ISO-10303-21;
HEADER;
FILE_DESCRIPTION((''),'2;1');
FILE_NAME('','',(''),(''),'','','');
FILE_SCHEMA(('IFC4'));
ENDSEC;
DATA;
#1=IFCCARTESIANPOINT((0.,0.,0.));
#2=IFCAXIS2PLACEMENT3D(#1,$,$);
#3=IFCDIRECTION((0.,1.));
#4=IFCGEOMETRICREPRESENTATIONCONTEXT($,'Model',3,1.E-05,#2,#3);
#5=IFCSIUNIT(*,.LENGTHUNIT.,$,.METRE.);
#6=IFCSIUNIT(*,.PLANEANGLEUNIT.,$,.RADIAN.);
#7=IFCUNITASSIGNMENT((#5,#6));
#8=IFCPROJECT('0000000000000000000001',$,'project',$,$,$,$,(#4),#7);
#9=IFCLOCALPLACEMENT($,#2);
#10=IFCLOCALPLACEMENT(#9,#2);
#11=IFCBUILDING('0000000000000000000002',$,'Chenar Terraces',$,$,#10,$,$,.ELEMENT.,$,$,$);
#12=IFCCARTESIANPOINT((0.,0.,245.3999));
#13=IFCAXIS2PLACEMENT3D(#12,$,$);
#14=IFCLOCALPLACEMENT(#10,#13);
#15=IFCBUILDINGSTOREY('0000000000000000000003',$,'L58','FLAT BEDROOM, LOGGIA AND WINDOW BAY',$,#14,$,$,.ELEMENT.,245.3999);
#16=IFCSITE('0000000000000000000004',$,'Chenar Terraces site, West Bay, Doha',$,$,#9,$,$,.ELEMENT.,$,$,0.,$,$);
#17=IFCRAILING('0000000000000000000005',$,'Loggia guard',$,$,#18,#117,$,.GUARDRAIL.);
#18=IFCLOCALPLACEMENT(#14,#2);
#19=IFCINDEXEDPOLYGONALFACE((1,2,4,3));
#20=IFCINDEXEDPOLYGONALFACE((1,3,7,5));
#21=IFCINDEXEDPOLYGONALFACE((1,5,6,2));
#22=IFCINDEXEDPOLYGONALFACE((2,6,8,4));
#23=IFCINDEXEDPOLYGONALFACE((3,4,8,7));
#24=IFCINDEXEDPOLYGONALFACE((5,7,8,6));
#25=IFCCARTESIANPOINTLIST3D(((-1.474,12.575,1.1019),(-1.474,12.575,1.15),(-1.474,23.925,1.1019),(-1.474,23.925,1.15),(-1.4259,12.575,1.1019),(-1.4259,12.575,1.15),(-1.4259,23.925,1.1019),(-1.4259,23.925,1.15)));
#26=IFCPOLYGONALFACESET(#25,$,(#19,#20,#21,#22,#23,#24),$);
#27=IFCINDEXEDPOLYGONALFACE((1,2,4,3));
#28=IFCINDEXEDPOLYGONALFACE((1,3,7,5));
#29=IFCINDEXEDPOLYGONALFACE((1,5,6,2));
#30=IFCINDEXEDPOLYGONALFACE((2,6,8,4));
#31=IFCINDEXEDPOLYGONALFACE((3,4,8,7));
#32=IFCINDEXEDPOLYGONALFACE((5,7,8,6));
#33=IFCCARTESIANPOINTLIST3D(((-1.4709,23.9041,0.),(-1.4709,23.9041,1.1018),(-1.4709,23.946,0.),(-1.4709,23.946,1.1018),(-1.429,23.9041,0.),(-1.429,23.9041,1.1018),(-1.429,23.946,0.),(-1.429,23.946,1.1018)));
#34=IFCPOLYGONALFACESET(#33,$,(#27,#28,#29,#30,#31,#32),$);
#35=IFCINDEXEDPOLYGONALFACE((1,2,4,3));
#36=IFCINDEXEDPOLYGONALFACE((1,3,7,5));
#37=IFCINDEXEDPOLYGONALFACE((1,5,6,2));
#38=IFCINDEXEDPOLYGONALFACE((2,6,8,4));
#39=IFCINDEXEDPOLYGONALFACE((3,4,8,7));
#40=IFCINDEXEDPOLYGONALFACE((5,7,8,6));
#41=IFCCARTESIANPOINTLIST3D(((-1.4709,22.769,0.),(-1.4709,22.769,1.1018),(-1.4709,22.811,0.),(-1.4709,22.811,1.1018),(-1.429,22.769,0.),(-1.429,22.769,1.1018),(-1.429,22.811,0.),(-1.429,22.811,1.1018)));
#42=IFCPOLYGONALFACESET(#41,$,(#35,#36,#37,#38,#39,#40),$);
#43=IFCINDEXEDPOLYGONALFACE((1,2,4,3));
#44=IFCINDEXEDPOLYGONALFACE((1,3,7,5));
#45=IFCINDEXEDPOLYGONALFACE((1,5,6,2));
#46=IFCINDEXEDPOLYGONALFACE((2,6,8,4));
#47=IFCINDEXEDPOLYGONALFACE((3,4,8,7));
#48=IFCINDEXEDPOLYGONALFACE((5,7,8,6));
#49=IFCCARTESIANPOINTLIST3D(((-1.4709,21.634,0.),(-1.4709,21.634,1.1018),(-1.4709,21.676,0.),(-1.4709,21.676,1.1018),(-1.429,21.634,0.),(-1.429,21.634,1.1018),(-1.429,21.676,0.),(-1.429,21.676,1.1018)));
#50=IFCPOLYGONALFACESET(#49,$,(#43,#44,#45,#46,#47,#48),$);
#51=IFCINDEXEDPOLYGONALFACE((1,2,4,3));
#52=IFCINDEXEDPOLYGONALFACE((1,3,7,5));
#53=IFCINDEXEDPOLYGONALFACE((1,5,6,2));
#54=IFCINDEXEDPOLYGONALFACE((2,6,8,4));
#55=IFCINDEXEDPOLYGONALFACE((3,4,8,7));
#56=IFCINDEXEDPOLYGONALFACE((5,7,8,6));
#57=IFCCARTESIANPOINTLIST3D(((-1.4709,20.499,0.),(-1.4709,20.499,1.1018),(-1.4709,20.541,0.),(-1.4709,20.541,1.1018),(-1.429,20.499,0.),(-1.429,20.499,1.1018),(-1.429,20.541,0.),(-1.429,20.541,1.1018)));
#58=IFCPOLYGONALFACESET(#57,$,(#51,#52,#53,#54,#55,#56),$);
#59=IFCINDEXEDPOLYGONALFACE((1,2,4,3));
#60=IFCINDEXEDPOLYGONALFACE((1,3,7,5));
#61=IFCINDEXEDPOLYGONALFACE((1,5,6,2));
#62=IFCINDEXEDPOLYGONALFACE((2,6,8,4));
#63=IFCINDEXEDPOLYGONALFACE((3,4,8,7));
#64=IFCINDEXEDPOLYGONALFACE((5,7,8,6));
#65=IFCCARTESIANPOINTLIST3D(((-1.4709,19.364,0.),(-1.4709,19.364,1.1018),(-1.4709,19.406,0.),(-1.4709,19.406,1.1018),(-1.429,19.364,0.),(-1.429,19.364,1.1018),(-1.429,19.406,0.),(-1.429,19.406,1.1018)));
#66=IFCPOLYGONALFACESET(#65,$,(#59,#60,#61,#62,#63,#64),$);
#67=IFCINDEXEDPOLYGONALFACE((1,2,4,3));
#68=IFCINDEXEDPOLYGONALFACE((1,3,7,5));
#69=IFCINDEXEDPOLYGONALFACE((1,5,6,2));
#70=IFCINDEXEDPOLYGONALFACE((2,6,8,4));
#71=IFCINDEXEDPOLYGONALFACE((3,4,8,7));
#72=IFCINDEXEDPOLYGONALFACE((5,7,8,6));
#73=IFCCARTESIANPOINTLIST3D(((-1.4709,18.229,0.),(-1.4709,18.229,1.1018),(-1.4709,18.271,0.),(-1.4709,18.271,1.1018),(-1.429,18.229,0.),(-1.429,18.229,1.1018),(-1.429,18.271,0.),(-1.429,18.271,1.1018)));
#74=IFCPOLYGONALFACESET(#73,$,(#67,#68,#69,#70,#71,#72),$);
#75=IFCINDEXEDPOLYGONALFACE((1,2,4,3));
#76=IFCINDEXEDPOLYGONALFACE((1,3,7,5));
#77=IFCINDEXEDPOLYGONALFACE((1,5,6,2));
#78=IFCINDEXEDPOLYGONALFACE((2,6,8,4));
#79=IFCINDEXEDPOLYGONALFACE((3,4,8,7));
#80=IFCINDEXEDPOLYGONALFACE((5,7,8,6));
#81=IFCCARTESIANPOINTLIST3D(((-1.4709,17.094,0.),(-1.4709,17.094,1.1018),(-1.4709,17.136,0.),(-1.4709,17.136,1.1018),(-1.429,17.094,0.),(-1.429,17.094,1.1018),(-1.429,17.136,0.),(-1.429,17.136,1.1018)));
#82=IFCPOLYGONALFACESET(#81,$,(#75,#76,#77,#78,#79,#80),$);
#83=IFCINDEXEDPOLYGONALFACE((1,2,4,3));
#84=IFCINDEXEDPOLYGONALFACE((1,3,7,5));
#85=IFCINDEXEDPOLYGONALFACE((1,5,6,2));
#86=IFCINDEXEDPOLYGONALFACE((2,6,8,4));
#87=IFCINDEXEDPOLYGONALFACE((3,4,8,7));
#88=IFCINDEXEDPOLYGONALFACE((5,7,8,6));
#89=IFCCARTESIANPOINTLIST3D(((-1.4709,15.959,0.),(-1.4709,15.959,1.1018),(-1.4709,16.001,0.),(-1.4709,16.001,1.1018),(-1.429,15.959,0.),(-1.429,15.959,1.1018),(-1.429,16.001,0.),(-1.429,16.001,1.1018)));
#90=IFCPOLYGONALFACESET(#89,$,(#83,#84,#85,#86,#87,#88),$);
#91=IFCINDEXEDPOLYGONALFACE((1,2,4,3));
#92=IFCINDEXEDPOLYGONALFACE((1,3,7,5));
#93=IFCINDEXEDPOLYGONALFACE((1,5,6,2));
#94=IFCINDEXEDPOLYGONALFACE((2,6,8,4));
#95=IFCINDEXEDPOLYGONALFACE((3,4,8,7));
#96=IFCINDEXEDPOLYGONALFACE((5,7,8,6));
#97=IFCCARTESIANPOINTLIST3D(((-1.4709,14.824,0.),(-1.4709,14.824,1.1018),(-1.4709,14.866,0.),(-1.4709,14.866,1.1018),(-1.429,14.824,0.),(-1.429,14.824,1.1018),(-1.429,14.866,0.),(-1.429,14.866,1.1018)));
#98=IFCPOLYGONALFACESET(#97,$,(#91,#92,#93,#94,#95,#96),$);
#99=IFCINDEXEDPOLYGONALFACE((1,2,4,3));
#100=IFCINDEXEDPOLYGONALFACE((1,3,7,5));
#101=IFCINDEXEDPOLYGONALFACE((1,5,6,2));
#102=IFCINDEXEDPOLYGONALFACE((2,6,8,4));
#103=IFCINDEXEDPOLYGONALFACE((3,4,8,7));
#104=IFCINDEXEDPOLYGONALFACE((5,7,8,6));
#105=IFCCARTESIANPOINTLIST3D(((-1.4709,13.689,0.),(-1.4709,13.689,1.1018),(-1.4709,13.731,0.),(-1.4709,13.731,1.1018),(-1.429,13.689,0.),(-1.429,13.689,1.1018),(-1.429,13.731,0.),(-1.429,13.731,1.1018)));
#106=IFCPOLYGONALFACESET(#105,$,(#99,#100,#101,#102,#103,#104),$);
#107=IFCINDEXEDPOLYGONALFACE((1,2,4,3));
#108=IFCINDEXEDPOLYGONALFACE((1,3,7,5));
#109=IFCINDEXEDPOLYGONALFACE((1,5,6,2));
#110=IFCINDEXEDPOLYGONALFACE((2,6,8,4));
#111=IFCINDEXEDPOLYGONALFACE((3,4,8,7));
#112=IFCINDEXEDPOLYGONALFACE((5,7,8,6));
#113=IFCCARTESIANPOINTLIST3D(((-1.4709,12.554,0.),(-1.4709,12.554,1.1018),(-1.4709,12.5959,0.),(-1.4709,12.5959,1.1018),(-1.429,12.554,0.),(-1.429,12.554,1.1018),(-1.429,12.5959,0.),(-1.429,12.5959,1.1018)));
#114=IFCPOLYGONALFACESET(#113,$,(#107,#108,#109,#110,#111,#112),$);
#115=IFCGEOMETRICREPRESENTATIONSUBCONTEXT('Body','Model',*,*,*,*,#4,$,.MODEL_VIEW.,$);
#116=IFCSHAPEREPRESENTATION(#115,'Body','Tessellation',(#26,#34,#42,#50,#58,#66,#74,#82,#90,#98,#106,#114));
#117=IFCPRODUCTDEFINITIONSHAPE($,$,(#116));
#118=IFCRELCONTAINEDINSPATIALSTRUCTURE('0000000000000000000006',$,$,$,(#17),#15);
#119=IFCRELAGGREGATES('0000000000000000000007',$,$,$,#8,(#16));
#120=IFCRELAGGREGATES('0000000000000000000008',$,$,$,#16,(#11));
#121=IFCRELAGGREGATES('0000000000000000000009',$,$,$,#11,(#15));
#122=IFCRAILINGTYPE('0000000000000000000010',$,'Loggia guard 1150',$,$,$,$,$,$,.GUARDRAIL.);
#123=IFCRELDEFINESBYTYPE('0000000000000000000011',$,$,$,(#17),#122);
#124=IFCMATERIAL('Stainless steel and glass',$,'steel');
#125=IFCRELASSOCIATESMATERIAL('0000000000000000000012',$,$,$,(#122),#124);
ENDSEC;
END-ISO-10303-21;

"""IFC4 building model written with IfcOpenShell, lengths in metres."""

from ifc_helpers import new_model, si_unit, direction, frame, origin, origin_2d, place, context, subcontext, project, spatial, rectangle, extrude, material, type_object, element, save


model = new_model("IFC4")

# Units and contexts
model_context = context("Model", 3, precision=1e-05, world=origin(), true_north=direction((0.0, 1.0)))
body_context = subcontext(model_context, "Body", "Model", "MODEL_VIEW")
ifc_project = project(units=[si_unit("LENGTHUNIT", "METRE"), si_unit("PLANEANGLEUNIT", "RADIAN")], contexts=[model_context])

# Site, building, storey
site_placement = place(None, origin())
site = spatial("IfcSite", under=ifc_project, at=site_placement, Name="Chenar Terraces site, West Bay, Doha", CompositionType="ELEMENT", RefElevation=0.0)
building_placement = place(site_placement, origin())
building = spatial("IfcBuilding", under=site, at=building_placement, Name="Chenar Terraces", CompositionType="ELEMENT")
storey_placement = place(building_placement, frame((0.0, 0.0, 245.3999)))
storey = spatial("IfcBuildingStorey", under=building, at=storey_placement, Name="L58", Description="FLAT BEDROOM, LOGGIA AND WINDOW BAY", CompositionType="ELEMENT", Elevation=245.3999)

# Railing
ifc_material_1 = material(Name="Stainless steel and glass", Category="steel")
railing_type_1 = type_object("IfcRailingType", Name="Loggia guard 1150", PredefinedType="GUARDRAIL", material=ifc_material_1)
railing_1_placement = place(storey_placement, frame((-1.45, 23.925, 0.0)))
element("IfcRailing", 1, at=railing_1_placement, inside=storey, type_object=railing_type_1, Name="Loggia guard", PredefinedType="GUARDRAIL", context=body_context, shape_type="SweptSolid", body=[
    extrude(rectangle(XDim=0.0481, YDim=0.0481, at=origin_2d()), frame((0.0, 0.0, 1.126), z_axis=(0.0, -1.0, 0.0), x_axis=(1.0, 0.0, 0.0)), (0.0, 0.0, 1.0), 11.3501),
    extrude(rectangle(XDim=0.042, YDim=0.042, at=origin_2d()), origin(), (0.0, 0.0, 1.0), 1.1018),
    extrude(rectangle(XDim=0.042, YDim=0.042, at=origin_2d()), frame((0.0, -1.135, 0.0)), (0.0, 0.0, 1.0), 1.1018),
    extrude(rectangle(XDim=0.042, YDim=0.042, at=origin_2d()), frame((0.0, -2.27, 0.0)), (0.0, 0.0, 1.0), 1.1018),
    extrude(rectangle(XDim=0.042, YDim=0.042, at=origin_2d()), frame((0.0, -3.405, 0.0)), (0.0, 0.0, 1.0), 1.1018),
    extrude(rectangle(XDim=0.042, YDim=0.042, at=origin_2d()), frame((0.0, -4.54, 0.0)), (0.0, 0.0, 1.0), 1.1018),
    extrude(rectangle(XDim=0.042, YDim=0.042, at=origin_2d()), frame((0.0, -5.675, 0.0)), (0.0, 0.0, 1.0), 1.1018),
    extrude(rectangle(XDim=0.042, YDim=0.042, at=origin_2d()), frame((0.0, -6.8101, 0.0)), (0.0, 0.0, 1.0), 1.1018),
    extrude(rectangle(XDim=0.042, YDim=0.042, at=origin_2d()), frame((0.0, -7.9451, 0.0)), (0.0, 0.0, 1.0), 1.1018),
    extrude(rectangle(XDim=0.042, YDim=0.042, at=origin_2d()), frame((0.0, -9.0801, 0.0)), (0.0, 0.0, 1.0), 1.1018),
    extrude(rectangle(XDim=0.042, YDim=0.042, at=origin_2d()), frame((0.0, -10.2151, 0.0)), (0.0, 0.0, 1.0), 1.1018),
    extrude(rectangle(XDim=0.042, YDim=0.042, at=origin_2d()), frame((0.0, -11.3501, 0.0)), (0.0, 0.0, 1.0), 1.1018),
])

save(model, "model.ifc")
